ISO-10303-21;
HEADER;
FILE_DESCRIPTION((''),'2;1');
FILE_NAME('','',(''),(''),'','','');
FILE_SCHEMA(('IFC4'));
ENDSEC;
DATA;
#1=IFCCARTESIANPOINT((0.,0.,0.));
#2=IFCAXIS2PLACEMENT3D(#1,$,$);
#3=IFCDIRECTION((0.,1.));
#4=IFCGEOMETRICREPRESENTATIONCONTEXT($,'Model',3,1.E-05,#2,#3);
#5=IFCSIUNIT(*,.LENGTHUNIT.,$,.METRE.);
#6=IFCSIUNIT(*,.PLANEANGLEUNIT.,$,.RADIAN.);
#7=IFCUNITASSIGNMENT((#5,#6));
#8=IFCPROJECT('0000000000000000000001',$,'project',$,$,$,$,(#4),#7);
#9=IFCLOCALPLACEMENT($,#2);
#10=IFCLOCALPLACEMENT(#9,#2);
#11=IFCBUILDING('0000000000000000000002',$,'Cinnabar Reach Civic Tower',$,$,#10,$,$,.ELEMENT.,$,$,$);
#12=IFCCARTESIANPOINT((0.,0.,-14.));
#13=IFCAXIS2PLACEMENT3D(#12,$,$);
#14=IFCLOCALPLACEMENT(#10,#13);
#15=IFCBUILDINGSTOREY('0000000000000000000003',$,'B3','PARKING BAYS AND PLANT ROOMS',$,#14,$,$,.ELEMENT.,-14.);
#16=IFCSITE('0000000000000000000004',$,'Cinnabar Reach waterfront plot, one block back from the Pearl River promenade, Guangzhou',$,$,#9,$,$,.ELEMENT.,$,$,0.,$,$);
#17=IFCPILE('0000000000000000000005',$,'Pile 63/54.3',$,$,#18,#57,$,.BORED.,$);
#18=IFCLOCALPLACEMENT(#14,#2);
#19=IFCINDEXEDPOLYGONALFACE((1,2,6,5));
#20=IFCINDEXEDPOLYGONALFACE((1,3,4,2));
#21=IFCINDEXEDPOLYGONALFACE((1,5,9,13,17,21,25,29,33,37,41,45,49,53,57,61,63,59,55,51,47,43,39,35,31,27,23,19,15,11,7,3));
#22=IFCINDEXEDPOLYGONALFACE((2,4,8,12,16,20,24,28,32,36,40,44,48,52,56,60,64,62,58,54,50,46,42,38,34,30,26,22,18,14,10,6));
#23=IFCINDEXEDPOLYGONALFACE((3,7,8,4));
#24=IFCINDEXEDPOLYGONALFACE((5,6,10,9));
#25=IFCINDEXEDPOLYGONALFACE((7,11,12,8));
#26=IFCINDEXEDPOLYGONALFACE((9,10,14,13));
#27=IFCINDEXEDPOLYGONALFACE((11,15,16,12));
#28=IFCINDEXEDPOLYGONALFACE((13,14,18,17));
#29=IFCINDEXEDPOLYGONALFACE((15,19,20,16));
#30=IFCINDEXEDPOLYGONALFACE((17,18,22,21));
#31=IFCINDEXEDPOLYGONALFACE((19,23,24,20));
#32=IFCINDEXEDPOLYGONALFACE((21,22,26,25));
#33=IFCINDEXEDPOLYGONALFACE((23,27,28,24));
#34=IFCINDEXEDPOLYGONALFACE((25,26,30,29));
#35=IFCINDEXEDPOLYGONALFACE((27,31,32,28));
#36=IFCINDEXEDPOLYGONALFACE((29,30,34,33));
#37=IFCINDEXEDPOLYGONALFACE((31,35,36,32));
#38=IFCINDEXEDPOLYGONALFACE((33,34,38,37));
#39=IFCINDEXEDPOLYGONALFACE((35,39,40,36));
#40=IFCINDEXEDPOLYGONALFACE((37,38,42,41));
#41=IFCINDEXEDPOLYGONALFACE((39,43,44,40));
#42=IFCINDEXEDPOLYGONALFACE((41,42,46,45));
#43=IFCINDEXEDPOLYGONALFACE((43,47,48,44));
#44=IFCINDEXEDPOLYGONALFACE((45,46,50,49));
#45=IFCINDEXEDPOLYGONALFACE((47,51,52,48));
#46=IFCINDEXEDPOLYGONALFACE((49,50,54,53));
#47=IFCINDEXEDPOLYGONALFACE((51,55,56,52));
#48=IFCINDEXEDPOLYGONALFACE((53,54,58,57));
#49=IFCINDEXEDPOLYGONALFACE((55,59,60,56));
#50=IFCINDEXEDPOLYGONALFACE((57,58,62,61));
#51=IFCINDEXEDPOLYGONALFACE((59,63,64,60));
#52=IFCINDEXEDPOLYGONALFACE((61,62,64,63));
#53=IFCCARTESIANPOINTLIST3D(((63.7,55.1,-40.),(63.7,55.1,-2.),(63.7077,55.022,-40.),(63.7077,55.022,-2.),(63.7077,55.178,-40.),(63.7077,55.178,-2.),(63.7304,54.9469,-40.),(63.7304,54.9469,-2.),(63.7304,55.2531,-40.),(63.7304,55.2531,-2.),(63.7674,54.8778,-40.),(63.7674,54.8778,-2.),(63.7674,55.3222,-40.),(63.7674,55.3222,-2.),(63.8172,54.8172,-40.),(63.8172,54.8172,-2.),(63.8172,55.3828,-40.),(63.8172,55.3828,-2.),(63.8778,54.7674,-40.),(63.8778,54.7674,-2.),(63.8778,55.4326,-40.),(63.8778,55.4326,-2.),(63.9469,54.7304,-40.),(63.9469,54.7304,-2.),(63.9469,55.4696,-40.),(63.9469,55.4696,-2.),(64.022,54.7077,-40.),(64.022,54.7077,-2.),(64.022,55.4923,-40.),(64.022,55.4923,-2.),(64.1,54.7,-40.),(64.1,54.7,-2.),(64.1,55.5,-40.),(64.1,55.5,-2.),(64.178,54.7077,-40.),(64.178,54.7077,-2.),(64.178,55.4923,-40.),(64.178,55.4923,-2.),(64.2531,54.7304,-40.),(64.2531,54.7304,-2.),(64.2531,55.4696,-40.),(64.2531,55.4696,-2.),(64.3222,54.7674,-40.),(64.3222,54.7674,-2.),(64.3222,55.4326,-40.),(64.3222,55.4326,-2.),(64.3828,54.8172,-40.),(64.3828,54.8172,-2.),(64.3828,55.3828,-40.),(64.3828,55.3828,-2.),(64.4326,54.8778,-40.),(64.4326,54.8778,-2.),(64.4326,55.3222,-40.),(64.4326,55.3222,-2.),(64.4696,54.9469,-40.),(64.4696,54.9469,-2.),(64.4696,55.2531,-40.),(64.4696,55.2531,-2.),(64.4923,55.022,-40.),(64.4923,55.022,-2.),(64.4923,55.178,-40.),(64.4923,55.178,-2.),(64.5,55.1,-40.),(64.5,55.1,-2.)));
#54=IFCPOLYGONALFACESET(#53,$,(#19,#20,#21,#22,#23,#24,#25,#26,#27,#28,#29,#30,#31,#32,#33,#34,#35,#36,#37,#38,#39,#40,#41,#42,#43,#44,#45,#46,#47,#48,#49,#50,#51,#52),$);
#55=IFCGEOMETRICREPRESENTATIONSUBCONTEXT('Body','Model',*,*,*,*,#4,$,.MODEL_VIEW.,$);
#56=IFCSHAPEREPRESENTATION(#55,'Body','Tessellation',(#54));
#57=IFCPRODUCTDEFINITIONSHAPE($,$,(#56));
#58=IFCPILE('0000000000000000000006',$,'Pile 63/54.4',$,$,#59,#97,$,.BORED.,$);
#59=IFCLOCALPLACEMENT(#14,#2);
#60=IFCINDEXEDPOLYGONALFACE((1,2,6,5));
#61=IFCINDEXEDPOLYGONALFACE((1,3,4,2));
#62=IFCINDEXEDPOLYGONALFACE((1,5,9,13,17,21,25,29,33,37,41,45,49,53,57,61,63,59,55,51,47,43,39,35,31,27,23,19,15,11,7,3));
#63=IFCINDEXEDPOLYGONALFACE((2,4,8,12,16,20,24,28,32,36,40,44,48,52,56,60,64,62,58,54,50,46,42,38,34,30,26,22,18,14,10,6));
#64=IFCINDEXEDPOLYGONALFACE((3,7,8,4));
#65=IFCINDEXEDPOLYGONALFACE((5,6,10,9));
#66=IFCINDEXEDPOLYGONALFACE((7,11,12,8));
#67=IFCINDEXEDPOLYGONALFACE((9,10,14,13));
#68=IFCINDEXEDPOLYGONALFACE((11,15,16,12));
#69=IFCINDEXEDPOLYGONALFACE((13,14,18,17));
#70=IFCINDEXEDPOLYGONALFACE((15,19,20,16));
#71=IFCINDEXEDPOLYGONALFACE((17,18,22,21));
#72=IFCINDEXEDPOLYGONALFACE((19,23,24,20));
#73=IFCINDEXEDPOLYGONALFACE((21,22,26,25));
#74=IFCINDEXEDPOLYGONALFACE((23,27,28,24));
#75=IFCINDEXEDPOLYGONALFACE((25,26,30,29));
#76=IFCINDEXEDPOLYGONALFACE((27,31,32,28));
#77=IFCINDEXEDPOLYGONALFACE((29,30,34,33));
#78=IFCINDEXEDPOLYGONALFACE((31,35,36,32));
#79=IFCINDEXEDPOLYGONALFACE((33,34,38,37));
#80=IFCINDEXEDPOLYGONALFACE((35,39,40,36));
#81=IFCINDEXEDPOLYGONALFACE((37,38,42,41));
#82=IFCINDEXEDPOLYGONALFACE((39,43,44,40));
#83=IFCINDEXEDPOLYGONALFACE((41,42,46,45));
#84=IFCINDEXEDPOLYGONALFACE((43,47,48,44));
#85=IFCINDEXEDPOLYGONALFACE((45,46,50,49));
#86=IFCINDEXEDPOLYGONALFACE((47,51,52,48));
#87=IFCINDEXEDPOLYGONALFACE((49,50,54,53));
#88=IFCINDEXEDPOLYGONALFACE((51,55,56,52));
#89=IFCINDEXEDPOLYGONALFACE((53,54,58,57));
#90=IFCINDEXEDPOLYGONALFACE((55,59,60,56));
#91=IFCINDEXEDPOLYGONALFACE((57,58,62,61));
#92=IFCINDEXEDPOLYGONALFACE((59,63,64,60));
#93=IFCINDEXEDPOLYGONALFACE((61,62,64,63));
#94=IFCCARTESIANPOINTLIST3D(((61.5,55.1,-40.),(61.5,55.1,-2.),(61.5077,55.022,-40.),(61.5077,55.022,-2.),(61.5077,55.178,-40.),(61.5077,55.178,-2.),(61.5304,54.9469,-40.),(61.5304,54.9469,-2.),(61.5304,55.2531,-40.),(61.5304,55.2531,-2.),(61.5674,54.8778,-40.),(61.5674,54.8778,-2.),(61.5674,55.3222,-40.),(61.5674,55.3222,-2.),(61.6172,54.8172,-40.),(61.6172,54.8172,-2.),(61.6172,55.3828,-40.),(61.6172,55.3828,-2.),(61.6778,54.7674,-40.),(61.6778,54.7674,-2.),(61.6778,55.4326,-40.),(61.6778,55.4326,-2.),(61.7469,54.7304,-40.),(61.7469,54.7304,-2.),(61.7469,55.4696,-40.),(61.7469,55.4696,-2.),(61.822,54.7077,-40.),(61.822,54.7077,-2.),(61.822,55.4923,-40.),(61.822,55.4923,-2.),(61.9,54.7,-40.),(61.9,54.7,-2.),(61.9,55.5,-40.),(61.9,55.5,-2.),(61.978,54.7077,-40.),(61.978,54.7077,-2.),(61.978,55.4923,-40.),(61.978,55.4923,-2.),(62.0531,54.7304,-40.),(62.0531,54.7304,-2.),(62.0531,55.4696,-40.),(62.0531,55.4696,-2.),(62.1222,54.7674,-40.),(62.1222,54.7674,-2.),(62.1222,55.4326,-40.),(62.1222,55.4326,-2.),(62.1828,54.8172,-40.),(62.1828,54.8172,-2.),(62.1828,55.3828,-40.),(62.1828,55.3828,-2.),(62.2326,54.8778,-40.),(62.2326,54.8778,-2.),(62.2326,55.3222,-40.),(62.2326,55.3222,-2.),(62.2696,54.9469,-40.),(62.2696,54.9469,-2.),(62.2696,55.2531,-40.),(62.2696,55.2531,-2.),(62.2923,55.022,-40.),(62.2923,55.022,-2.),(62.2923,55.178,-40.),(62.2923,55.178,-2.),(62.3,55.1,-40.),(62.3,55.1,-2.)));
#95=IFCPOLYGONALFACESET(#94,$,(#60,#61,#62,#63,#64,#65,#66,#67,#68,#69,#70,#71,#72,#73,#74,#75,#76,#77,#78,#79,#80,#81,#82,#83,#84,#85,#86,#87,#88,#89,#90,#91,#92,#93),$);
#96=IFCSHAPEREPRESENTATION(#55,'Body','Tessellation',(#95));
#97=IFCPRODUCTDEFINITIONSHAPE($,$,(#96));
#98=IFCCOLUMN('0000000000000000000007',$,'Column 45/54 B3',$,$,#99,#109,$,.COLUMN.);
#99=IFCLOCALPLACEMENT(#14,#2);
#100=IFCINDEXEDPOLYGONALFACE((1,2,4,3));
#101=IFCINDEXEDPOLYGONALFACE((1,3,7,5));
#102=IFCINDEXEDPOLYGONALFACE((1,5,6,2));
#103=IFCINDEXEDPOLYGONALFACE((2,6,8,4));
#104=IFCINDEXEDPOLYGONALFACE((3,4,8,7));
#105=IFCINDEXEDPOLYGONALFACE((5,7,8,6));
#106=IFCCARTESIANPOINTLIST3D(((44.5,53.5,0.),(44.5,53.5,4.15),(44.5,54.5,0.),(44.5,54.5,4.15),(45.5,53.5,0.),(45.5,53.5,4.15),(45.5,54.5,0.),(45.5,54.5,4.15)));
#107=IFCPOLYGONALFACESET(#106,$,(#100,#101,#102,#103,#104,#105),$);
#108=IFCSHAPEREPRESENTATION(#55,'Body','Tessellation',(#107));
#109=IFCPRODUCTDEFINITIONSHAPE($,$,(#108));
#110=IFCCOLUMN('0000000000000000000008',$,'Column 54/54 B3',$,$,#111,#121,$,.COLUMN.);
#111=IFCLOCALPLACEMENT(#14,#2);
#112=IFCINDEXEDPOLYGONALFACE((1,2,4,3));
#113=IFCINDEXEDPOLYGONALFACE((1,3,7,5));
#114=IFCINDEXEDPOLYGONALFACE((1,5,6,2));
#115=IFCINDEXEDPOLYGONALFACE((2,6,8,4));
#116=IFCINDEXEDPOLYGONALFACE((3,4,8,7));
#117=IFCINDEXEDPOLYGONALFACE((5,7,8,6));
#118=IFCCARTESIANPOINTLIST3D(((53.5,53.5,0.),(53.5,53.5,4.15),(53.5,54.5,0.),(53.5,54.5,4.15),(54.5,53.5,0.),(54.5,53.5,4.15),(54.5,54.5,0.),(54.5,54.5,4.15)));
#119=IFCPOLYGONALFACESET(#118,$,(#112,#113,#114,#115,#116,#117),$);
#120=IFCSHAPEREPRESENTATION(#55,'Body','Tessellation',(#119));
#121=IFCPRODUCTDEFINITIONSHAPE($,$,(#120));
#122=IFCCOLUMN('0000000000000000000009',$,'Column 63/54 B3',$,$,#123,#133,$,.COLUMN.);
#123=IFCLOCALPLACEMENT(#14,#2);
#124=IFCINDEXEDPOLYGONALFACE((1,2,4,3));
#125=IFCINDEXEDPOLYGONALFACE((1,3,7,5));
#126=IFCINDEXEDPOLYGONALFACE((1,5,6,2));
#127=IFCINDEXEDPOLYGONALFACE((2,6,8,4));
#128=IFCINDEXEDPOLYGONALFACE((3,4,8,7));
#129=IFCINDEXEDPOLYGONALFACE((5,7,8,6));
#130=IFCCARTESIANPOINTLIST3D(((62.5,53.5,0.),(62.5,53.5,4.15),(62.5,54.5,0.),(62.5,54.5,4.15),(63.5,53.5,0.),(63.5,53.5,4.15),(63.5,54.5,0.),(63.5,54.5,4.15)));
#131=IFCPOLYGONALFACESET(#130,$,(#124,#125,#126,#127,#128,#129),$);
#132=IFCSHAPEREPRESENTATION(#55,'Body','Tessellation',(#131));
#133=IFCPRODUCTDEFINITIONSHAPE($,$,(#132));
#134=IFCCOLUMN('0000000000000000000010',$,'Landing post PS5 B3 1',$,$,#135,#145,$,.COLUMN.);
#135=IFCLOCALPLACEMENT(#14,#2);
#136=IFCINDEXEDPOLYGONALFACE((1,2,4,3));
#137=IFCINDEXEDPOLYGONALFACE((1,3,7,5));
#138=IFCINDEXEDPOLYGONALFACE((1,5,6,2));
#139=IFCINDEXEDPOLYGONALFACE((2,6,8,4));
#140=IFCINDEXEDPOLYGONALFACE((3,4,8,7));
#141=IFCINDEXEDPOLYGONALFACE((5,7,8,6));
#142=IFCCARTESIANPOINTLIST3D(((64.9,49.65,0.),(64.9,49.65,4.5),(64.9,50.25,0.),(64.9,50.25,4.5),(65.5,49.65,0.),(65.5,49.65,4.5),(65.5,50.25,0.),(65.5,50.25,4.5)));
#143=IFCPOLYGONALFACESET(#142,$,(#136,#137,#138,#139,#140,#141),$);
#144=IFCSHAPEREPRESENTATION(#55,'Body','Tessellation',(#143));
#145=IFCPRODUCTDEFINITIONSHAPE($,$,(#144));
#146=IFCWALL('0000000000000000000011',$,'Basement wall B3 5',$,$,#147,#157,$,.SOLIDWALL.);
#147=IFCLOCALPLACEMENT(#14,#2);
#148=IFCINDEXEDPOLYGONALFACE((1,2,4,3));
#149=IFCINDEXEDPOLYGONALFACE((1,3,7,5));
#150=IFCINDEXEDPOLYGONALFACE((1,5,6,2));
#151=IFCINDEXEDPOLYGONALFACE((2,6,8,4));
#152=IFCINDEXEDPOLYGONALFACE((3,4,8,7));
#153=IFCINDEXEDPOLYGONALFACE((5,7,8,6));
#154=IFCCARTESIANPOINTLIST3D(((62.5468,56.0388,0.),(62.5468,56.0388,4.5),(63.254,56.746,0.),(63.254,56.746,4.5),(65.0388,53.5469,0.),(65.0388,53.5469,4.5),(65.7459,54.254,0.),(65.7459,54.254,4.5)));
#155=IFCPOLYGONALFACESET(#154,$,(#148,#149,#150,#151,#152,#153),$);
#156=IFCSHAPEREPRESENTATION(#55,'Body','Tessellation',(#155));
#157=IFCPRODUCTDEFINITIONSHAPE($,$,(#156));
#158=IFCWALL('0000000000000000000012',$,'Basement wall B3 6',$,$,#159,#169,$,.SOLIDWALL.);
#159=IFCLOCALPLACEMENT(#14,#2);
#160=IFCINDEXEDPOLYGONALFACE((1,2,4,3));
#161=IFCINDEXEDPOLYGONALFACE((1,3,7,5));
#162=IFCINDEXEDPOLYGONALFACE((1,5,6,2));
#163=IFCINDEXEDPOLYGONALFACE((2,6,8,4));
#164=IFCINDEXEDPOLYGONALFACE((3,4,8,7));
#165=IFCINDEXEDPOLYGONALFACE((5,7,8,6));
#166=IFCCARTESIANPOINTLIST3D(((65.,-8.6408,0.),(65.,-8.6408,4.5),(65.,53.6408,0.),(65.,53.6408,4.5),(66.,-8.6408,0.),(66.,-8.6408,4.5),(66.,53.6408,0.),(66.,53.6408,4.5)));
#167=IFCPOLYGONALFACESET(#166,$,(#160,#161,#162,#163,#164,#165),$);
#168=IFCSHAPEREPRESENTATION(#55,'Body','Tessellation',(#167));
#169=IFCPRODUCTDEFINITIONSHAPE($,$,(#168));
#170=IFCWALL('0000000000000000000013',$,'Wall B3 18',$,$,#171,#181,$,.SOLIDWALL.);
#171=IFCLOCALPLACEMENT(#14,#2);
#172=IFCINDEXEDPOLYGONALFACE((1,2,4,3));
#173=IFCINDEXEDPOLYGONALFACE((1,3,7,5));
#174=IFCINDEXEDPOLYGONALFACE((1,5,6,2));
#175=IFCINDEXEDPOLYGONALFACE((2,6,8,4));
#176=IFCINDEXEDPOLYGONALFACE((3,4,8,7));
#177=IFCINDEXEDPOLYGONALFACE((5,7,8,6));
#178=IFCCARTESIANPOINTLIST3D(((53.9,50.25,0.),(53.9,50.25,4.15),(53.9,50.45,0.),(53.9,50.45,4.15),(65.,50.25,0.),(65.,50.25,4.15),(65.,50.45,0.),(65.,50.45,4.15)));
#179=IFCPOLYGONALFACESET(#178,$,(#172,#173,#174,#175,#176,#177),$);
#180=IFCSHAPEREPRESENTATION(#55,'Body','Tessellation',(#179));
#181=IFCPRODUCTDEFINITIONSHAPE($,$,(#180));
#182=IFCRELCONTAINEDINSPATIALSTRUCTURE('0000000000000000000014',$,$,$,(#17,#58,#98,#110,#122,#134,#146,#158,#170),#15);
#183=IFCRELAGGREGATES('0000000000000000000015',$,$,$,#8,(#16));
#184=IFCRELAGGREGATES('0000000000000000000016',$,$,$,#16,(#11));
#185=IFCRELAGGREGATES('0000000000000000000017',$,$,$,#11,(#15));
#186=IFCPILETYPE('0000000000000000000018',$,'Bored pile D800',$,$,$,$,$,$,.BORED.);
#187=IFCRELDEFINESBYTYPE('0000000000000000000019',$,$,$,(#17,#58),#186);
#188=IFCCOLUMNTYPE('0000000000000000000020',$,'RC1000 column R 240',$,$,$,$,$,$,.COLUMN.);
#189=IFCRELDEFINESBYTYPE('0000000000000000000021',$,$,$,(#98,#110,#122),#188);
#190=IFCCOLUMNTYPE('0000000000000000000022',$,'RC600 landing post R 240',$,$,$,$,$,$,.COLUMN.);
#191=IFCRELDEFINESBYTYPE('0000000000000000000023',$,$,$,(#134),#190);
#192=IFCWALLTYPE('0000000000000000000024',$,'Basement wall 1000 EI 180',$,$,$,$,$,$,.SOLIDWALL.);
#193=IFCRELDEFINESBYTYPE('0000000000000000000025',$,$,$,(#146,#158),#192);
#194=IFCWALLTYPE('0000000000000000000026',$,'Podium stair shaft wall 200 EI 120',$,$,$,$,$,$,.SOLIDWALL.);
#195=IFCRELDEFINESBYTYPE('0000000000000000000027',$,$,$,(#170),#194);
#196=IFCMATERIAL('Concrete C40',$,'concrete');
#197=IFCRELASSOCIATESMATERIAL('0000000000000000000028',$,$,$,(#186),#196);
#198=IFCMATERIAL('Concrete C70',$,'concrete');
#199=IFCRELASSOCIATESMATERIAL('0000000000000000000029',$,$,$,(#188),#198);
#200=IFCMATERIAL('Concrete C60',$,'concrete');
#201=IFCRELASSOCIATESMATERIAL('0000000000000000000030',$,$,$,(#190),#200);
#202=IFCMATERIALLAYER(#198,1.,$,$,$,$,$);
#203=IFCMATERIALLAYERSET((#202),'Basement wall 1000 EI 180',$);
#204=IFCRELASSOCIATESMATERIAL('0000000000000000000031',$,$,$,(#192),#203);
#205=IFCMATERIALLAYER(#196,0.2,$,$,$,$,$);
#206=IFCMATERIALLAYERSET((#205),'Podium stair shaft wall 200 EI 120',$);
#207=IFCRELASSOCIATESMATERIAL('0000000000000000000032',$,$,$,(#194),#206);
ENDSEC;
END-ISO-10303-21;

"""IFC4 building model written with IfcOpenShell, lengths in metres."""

from ifc_helpers import new_model, si_unit, direction, frame, frame_2d, origin, origin_2d, place, context, subcontext, project, spatial, rectangle, circle, extrude, material, layer, layer_set, material_profile, profile_set, type_object, element, save


model = new_model("IFC4")

# Units and contexts
model_context = context("Model", 3, precision=1e-05, world=origin(), true_north=direction((0.0, 1.0)))
body_context = subcontext(model_context, "Body", "Model", "MODEL_VIEW")
ifc_project = project(units=[si_unit("LENGTHUNIT", "METRE"), si_unit("PLANEANGLEUNIT", "RADIAN")], contexts=[model_context])

# Site, building, storey
site_placement = place(None, origin())
site = spatial("IfcSite", under=ifc_project, at=site_placement, Name="Cinnabar Reach waterfront plot, one block back from the Pearl River promenade, Guangzhou", CompositionType="ELEMENT", RefElevation=0.0)
building_placement = place(site_placement, origin())
building = spatial("IfcBuilding", under=site, at=building_placement, Name="Cinnabar Reach Civic Tower", CompositionType="ELEMENT")
storey_placement = place(building_placement, frame((0.0, 0.0, -14.0)))
storey = spatial("IfcBuildingStorey", under=building, at=storey_placement, Name="B3", Description="PARKING BAYS AND PLANT ROOMS", CompositionType="ELEMENT", Elevation=-14.0)

# Piles
ifc_material_1 = material(Name="Concrete C40", Category="concrete")
pile_type = type_object("IfcPileType", Name="Bored pile D800", PredefinedType="BORED", material=ifc_material_1)
for number, where, z_axis, x_axis, name in (
    (1, (64.1, 55.1, -2.0), (0.0, 0.0, -1.0), (1.0, 0.0, 0.0), "Pile 63/54.3"),
    (2, (61.9, 55.1, -2.0), (0.0, 0.0, -1.0), (1.0, 0.0, 0.0), "Pile 63/54.4"),
):
    element("IfcPile", number, at=place(storey_placement, frame(where, z_axis=z_axis, x_axis=x_axis)), inside=storey, type_object=pile_type, Name=name, PredefinedType="BORED", context=body_context, shape_type="SweptSolid", body=[
        extrude(circle(Radius=0.4, at=origin_2d()), origin(), (0.0, 0.0, 1.0), 38.0),
    ])

# Columns
ifc_material_2 = material(Name="Concrete C70", Category="concrete")
ifc_material_profile_1 = material_profile(ifc_material_2, rectangle(XDim=1.0, YDim=1.0, at=origin_2d()), Name="RC1000")
ifc_profile_set_1 = profile_set([ifc_material_profile_1], Name="Concrete C70")
column_type_1 = type_object("IfcColumnType", Name="RC1000 column R 240", PredefinedType="COLUMN", material=ifc_profile_set_1)
for number, where, z_axis, x_axis, name in (
    (3, (45.0, 54.0, 0.0), (0.0, 0.0, 1.0), (1.0, 0.0, 0.0), "Column 45/54 B3"),
    (4, (54.0, 54.0, 0.0), (0.0, 0.0, 1.0), (1.0, 0.0, 0.0), "Column 54/54 B3"),
    (5, (63.0, 54.0, 0.0), (0.0, 0.0, 1.0), (1.0, 0.0, 0.0), "Column 63/54 B3"),
):
    element("IfcColumn", number, at=place(storey_placement, frame(where, z_axis=z_axis, x_axis=x_axis)), inside=storey, type_object=column_type_1, Name=name, PredefinedType="COLUMN", context=body_context, shape_type="SweptSolid", body=[
        extrude(rectangle(XDim=1.0, YDim=1.0, at=origin_2d()), origin(), (0.0, 0.0, 1.0), 4.15),
    ])
ifc_material_3 = material(Name="Concrete C60", Category="concrete")
ifc_material_profile_2 = material_profile(ifc_material_3, rectangle(XDim=0.6, YDim=0.6, at=origin_2d()), Name="RC600")
ifc_profile_set_2 = profile_set([ifc_material_profile_2], Name="Concrete C60")
column_type_2 = type_object("IfcColumnType", Name="RC600 landing post R 240", PredefinedType="COLUMN", material=ifc_profile_set_2)
column_placement = place(storey_placement, frame((65.2, 49.95, 0.0), z_axis=(0.0, 0.0, 1.0), x_axis=(1.0, 0.0, 0.0)))
element("IfcColumn", 6, at=column_placement, inside=storey, type_object=column_type_2, Name="Landing post PS5 B3 1", PredefinedType="COLUMN", context=body_context, shape_type="SweptSolid", body=[
    extrude(rectangle(XDim=0.6, YDim=0.6, at=origin_2d()), origin(), (0.0, 0.0, 1.0), 4.5),
])

# Walls
ifc_layer_1 = layer(ifc_material_2, 1.0)
ifc_layer_set_1 = layer_set([ifc_layer_1], Name="Basement wall 1000 EI 180")
wall_type_1 = type_object("IfcWallType", Name="Basement wall 1000 EI 180", PredefinedType="SOLIDWALL", material=ifc_layer_set_1)
wall_1_placement = place(storey_placement, frame((62.9004, 56.3924, 0.0), z_axis=(0.0, 0.0, 1.0), x_axis=(0.707107, -0.707107, 0.0)))
element("IfcWall", 7, at=wall_1_placement, inside=storey, type_object=wall_type_1, Name="Basement wall B3 5", PredefinedType="SOLIDWALL", context=body_context, shape_type="SweptSolid", body=[
    extrude(rectangle(XDim=3.5242, YDim=1.0, at=frame_2d((1.7621, 0.0))), origin(), (0.0, 0.0, 1.0), 4.5),
])
wall_2_placement = place(storey_placement, frame((65.5, 53.6408, 0.0), z_axis=(0.0, 0.0, 1.0), x_axis=(0.0, -1.0, 0.0)))
element("IfcWall", 8, at=wall_2_placement, inside=storey, type_object=wall_type_1, Name="Basement wall B3 6", PredefinedType="SOLIDWALL", context=body_context, shape_type="SweptSolid", body=[
    extrude(rectangle(XDim=62.2816, YDim=1.0, at=frame_2d((31.1408, 0.0))), origin(), (0.0, 0.0, 1.0), 4.5),
])
ifc_layer_2 = layer(ifc_material_1, 0.2)
ifc_layer_set_2 = layer_set([ifc_layer_2], Name="Podium stair shaft wall 200 EI 120")
wall_type_2 = type_object("IfcWallType", Name="Podium stair shaft wall 200 EI 120", PredefinedType="SOLIDWALL", material=ifc_layer_set_2)
wall_3_placement = place(storey_placement, frame((53.9, 50.35, 0.0), z_axis=(0.0, 0.0, 1.0), x_axis=(1.0, 0.0, 0.0)))
element("IfcWall", 9, at=wall_3_placement, inside=storey, type_object=wall_type_2, Name="Wall B3 18", PredefinedType="SOLIDWALL", context=body_context, shape_type="SweptSolid", body=[
    extrude(rectangle(XDim=11.1, YDim=0.2, at=frame_2d((5.55, 0.0))), origin(), (0.0, 0.0, 1.0), 4.15),
])

save(model, "model.ifc")
